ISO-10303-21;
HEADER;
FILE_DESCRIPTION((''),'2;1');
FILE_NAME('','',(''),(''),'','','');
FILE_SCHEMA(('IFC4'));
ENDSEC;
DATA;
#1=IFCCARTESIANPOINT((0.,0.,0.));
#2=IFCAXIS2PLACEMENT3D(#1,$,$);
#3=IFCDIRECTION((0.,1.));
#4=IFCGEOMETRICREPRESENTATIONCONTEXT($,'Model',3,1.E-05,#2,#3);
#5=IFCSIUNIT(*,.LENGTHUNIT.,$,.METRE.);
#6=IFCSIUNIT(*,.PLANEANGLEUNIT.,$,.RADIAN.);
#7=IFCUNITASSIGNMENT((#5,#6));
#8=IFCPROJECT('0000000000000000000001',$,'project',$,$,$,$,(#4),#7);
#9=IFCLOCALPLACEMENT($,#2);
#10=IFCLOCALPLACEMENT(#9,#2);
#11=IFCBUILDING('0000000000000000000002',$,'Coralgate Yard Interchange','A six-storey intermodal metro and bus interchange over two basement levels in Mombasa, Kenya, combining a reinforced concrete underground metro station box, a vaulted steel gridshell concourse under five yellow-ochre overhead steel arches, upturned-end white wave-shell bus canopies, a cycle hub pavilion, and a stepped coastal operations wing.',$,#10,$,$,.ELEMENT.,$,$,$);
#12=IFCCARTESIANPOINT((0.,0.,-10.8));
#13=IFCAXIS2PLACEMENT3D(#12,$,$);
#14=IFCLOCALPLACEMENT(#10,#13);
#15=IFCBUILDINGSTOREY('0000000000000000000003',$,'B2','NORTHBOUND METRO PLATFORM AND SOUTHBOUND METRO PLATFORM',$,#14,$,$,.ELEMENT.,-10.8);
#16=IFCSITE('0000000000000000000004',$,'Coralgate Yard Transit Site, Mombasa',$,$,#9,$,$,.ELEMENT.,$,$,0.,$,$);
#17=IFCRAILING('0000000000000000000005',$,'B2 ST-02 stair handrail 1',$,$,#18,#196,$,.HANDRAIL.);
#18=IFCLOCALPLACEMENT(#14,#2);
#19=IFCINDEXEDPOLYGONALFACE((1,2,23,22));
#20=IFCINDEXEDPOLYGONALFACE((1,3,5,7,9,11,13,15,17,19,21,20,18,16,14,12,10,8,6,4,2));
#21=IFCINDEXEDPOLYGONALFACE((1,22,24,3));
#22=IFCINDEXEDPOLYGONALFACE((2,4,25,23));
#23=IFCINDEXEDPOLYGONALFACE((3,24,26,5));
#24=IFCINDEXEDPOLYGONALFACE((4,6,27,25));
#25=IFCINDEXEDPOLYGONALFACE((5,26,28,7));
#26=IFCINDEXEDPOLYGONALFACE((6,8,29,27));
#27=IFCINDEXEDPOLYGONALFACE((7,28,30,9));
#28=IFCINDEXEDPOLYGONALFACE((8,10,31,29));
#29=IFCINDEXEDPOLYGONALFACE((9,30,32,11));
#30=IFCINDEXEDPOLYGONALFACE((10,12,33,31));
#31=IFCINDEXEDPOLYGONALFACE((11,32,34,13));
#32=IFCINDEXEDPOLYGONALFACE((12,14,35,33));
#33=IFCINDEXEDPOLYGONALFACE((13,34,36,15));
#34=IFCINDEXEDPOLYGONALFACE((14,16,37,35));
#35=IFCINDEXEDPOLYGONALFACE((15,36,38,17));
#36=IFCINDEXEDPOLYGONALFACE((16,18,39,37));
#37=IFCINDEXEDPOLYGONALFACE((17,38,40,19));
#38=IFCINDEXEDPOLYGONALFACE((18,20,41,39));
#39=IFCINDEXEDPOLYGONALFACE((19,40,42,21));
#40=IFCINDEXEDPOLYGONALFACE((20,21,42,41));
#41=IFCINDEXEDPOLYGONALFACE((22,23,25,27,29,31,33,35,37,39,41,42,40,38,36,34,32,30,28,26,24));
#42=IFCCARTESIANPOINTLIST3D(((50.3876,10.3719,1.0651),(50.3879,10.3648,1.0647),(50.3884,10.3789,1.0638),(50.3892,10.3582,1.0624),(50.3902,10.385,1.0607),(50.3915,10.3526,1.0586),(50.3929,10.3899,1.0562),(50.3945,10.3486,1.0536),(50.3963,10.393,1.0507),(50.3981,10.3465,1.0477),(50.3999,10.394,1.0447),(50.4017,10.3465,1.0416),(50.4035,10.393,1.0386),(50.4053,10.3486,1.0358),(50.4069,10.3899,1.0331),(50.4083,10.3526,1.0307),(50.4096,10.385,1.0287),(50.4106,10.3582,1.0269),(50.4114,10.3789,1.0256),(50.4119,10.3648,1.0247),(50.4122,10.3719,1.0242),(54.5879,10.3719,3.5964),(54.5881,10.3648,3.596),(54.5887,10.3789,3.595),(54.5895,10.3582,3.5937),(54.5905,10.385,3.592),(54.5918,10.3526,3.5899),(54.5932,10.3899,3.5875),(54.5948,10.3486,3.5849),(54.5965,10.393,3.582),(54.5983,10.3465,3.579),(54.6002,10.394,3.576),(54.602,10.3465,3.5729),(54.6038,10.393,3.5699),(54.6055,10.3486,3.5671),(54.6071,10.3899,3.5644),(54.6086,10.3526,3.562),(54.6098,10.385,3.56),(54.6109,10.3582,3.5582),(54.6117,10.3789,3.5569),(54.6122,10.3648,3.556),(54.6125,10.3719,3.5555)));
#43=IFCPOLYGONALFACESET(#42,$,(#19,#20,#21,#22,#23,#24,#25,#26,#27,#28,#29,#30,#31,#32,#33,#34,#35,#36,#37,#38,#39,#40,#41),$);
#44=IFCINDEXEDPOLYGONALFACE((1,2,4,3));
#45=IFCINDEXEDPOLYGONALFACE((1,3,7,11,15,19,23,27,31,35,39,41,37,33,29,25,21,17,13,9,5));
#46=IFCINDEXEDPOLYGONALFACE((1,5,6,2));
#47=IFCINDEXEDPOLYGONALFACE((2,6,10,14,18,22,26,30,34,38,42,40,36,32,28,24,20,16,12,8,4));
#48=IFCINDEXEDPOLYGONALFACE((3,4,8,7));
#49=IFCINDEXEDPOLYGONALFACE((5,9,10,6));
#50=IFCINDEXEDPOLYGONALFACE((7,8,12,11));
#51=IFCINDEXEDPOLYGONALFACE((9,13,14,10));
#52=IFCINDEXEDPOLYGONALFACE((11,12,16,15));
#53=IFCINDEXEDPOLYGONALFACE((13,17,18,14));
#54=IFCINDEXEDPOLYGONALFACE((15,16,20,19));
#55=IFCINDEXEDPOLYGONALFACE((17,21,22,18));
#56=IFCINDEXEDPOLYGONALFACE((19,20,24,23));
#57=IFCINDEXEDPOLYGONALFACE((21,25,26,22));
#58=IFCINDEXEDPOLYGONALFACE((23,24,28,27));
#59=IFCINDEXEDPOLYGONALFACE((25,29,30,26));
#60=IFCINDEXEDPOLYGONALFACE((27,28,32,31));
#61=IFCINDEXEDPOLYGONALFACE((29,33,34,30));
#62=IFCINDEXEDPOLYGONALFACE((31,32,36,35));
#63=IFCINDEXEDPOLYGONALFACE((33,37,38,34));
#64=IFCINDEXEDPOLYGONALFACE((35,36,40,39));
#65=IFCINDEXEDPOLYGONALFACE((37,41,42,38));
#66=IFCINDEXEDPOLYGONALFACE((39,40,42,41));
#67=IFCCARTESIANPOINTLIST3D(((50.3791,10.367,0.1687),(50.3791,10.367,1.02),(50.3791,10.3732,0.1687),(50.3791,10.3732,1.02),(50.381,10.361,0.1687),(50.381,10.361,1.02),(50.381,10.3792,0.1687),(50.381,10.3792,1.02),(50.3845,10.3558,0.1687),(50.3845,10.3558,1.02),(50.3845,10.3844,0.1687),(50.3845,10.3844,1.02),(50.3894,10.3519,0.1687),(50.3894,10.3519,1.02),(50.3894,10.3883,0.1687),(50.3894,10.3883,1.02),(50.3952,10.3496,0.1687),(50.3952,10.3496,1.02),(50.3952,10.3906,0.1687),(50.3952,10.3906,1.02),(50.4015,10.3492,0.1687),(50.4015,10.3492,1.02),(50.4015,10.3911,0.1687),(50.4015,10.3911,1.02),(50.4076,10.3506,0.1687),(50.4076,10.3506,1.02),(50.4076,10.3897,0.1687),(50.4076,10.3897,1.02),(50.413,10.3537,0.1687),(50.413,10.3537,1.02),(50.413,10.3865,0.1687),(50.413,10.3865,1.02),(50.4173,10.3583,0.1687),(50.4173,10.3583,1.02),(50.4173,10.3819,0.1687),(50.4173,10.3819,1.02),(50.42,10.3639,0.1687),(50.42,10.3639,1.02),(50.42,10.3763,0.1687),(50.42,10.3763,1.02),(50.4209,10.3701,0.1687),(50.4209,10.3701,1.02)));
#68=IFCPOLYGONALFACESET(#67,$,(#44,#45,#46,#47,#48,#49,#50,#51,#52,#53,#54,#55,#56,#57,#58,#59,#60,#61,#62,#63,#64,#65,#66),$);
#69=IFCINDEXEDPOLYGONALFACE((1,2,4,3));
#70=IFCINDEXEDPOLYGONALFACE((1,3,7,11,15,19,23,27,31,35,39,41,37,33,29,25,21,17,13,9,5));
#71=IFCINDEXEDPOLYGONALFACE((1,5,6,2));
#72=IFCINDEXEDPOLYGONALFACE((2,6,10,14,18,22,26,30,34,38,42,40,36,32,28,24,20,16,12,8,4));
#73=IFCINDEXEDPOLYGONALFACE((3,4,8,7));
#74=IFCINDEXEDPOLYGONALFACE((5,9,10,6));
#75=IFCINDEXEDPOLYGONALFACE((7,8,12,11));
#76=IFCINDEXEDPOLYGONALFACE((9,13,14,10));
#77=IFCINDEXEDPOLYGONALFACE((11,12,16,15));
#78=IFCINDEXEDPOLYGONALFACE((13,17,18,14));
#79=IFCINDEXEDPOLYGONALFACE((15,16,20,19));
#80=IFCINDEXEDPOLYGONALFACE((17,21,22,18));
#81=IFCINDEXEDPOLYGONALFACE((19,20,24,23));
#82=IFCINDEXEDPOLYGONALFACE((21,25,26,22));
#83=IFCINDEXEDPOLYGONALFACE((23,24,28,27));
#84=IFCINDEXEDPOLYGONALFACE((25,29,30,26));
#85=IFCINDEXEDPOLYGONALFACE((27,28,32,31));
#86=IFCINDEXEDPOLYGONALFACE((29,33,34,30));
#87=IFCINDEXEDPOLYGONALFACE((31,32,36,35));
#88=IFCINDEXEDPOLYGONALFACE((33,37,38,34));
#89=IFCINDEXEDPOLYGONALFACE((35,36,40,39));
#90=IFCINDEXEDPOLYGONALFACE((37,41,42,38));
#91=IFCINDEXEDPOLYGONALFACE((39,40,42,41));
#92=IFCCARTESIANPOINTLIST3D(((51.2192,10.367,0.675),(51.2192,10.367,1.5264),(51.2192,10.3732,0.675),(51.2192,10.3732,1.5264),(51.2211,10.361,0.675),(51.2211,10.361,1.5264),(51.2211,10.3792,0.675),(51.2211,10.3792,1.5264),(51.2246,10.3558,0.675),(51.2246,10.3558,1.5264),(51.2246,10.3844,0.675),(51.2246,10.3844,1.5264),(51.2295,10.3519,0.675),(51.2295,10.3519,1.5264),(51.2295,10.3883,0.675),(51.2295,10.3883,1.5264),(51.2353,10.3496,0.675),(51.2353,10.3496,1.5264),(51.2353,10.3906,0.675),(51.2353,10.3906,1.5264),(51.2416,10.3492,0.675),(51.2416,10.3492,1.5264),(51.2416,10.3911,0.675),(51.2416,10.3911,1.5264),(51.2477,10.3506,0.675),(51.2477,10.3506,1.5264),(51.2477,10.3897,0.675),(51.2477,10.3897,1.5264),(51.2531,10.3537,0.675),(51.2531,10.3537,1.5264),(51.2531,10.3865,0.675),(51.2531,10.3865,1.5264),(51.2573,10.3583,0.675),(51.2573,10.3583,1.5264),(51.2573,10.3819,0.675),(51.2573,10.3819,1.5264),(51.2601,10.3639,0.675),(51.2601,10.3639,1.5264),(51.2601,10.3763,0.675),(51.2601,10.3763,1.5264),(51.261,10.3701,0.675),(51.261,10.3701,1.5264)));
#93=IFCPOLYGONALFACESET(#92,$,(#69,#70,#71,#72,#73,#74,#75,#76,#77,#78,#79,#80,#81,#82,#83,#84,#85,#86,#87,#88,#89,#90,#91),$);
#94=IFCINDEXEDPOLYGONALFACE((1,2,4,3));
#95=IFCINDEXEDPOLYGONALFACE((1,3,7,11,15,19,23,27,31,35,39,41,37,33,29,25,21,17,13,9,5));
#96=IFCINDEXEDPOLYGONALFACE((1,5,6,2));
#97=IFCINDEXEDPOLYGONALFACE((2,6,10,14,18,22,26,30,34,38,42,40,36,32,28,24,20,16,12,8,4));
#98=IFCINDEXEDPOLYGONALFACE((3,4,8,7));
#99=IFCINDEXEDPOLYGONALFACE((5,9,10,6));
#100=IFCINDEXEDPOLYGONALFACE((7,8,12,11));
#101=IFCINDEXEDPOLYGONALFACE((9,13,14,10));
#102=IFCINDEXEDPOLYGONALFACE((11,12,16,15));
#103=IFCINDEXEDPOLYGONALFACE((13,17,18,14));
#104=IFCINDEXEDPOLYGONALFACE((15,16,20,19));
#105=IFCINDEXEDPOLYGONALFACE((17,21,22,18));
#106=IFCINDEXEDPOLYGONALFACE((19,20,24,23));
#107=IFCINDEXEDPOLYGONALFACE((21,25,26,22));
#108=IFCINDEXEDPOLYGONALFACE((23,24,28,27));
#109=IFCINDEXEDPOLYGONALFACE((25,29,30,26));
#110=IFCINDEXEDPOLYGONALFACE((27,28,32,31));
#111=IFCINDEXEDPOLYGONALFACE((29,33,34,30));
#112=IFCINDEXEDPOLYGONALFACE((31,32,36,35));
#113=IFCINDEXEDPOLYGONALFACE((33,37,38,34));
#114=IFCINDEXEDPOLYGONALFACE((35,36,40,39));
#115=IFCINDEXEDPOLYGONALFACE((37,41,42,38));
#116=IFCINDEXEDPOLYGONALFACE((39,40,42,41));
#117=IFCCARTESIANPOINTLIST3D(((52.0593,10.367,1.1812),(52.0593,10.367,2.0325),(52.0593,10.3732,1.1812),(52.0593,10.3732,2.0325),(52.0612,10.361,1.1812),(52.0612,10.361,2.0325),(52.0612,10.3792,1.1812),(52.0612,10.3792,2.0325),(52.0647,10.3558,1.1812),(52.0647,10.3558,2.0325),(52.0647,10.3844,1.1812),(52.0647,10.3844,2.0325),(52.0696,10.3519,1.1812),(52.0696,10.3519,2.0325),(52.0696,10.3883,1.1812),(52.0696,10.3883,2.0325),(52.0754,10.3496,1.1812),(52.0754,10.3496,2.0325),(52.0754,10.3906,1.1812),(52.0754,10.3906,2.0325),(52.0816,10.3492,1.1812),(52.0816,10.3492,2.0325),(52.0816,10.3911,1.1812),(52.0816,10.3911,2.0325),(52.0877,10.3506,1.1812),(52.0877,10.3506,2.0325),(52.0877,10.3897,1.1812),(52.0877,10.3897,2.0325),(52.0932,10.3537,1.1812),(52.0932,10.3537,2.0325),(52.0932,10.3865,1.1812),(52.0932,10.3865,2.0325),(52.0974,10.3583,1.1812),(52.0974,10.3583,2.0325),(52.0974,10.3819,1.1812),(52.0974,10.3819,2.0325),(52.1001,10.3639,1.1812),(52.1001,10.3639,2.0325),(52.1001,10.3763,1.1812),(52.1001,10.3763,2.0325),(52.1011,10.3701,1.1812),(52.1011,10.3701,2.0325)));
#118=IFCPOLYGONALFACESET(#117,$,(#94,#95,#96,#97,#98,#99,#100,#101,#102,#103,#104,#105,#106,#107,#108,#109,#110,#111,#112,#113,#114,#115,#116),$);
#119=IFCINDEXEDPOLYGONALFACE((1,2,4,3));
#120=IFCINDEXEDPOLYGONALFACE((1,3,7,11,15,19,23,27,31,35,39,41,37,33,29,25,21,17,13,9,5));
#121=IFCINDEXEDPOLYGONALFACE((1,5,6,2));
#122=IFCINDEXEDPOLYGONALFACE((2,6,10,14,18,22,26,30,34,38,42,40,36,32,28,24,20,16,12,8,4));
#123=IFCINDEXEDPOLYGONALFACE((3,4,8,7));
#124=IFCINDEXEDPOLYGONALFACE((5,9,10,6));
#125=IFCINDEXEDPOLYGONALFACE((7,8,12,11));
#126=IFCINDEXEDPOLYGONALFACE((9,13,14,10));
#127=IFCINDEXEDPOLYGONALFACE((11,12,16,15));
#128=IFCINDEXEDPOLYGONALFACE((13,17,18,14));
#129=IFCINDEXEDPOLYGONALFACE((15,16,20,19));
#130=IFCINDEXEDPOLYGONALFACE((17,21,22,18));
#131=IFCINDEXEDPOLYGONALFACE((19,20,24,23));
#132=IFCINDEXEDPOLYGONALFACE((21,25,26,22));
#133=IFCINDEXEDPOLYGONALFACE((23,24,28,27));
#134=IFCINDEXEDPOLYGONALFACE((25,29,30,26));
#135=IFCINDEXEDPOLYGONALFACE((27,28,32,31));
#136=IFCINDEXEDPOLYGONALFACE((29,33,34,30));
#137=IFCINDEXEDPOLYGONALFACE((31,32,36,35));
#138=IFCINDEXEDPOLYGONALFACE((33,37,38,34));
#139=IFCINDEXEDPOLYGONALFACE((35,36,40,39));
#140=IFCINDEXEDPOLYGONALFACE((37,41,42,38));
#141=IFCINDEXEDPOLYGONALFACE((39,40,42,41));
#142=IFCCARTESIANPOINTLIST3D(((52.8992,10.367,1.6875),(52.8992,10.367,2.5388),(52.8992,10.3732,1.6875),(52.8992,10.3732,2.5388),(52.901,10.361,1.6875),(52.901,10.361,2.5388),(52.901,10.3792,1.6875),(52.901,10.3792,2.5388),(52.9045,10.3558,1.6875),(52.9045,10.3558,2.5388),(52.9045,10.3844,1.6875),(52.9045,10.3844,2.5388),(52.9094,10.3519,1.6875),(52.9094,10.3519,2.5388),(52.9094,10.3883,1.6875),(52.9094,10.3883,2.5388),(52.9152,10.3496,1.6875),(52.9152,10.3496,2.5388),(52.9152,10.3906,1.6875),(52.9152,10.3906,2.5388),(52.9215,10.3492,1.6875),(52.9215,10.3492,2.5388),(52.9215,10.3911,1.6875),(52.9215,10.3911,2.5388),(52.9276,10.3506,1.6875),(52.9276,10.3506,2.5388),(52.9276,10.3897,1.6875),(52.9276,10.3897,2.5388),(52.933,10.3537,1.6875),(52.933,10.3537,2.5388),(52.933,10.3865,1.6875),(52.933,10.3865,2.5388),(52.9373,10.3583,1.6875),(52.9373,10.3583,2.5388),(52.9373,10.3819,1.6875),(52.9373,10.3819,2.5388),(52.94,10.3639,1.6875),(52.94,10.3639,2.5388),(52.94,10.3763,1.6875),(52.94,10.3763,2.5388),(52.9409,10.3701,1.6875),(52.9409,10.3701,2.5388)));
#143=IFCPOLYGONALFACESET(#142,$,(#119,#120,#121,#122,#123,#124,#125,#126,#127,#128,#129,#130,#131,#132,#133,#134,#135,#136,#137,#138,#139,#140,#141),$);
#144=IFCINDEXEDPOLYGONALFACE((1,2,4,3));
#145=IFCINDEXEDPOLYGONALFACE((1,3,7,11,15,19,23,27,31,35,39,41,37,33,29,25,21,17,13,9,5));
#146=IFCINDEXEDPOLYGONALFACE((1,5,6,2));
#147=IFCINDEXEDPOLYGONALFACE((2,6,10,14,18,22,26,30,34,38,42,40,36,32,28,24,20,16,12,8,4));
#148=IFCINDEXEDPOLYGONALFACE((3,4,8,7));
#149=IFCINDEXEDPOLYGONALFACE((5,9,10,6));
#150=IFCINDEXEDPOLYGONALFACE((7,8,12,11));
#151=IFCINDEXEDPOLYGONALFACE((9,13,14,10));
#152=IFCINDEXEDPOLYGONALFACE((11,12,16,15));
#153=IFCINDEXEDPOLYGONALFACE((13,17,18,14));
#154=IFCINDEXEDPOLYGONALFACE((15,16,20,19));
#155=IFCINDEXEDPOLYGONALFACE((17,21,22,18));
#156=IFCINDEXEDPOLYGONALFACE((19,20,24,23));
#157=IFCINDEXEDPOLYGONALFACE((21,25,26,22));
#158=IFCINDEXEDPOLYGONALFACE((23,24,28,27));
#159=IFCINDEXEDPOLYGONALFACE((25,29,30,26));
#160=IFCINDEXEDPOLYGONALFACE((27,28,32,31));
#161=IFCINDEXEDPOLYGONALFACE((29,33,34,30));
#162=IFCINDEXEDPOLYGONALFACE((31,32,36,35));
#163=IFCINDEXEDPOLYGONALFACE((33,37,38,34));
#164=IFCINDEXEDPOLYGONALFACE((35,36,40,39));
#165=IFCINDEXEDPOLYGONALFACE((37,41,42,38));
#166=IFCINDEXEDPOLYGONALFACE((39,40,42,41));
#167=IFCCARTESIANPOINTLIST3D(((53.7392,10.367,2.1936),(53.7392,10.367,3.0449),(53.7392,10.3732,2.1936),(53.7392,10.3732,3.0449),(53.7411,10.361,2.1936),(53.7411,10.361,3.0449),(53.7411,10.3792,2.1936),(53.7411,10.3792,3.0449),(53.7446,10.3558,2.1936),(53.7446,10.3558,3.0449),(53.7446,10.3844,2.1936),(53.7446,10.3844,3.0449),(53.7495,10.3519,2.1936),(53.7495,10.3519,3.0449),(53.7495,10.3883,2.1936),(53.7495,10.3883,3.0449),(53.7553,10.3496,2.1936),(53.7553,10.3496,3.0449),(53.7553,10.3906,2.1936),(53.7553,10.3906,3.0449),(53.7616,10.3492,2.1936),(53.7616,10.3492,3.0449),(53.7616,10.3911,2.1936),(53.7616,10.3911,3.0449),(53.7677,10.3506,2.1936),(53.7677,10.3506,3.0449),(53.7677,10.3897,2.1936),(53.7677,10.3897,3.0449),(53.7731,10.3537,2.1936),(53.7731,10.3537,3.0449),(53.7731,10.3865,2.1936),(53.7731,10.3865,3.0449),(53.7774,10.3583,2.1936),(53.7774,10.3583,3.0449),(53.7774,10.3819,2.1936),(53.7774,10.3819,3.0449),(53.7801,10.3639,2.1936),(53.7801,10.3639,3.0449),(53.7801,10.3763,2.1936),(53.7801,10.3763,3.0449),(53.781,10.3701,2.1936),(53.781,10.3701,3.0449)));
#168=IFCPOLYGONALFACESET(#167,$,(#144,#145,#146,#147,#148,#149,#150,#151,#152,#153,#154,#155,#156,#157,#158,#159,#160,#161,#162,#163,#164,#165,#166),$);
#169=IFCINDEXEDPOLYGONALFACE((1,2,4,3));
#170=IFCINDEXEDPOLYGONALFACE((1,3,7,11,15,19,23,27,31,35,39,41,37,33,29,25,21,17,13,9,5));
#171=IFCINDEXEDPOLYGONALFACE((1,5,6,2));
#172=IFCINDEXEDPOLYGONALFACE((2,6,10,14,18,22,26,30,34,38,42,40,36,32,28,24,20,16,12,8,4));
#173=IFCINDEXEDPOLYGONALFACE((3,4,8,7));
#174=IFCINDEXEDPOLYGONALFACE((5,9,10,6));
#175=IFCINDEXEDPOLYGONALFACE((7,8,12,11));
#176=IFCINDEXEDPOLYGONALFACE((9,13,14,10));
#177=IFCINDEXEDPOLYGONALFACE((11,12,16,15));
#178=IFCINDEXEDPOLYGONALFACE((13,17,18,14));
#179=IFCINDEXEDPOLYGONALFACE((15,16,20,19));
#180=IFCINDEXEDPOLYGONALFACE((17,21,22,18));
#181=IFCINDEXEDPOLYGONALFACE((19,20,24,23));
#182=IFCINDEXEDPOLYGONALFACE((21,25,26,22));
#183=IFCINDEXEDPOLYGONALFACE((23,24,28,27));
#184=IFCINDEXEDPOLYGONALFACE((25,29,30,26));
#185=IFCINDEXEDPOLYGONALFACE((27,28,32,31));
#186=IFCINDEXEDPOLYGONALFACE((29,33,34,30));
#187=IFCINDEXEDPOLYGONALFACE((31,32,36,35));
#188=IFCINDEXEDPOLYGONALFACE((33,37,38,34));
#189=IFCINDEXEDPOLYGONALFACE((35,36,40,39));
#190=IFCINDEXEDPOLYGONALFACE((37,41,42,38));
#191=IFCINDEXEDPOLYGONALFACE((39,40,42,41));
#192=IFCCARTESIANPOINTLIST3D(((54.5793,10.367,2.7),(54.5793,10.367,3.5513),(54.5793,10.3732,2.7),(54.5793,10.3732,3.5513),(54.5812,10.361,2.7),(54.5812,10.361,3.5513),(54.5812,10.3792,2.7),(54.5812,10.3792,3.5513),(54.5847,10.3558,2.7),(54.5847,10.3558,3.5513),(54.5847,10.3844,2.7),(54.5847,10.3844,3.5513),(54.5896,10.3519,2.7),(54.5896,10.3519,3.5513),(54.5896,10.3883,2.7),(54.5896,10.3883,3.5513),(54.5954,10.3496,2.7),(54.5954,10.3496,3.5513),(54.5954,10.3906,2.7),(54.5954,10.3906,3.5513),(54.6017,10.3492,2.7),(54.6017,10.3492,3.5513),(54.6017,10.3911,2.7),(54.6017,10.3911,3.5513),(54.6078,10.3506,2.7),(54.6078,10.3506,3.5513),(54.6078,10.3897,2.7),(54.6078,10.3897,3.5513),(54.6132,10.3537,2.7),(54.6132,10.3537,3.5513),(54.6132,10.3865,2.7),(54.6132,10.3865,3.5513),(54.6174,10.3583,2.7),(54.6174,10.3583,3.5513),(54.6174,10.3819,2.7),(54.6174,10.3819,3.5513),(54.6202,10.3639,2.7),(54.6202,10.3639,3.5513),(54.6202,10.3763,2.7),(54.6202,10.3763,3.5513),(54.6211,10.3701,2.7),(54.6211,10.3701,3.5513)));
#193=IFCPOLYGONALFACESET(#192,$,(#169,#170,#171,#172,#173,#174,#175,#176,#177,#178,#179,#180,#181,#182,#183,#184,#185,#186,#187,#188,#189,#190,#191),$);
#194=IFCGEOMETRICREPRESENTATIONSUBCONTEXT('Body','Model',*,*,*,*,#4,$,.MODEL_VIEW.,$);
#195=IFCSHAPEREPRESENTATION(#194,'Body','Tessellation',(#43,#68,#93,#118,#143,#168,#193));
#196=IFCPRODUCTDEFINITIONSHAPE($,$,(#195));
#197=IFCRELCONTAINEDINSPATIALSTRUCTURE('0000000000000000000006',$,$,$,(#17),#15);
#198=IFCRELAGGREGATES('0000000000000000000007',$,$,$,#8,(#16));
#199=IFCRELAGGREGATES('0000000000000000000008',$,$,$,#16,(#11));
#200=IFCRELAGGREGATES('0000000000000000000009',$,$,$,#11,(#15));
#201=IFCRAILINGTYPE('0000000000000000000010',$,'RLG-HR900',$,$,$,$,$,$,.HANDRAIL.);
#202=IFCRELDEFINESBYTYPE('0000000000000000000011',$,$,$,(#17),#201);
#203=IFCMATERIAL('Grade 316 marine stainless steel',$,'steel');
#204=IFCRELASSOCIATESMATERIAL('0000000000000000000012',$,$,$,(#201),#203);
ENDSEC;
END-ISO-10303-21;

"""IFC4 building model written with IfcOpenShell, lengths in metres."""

from ifc_helpers import new_model, si_unit, direction, frame, origin, origin_2d, place, context, subcontext, project, spatial, circle, extrude, material, type_object, element, save


model = new_model("IFC4")

# Units and contexts
model_context = context("Model", 3, precision=1e-05, world=origin(), true_north=direction((0.0, 1.0)))
body_context = subcontext(model_context, "Body", "Model", "MODEL_VIEW")
ifc_project = project(units=[si_unit("LENGTHUNIT", "METRE"), si_unit("PLANEANGLEUNIT", "RADIAN")], contexts=[model_context])

# Site, building, storey
site_placement = place(None, origin())
site = spatial("IfcSite", under=ifc_project, at=site_placement, Name="Coralgate Yard Transit Site, Mombasa", CompositionType="ELEMENT", RefElevation=0.0)
building_placement = place(site_placement, origin())
building = spatial("IfcBuilding", under=site, at=building_placement, Name="Coralgate Yard Interchange", Description="A six-storey intermodal metro and bus interchange over two basement levels in Mombasa, Kenya, combining a reinforced concrete underground metro station box, a vaulted steel gridshell concourse under five yellow-ochre overhead steel arches, upturned-end white wave-shell bus canopies, a cycle hub pavilion, and a stepped coastal operations wing.", CompositionType="ELEMENT")
storey_placement = place(building_placement, frame((0.0, 0.0, -10.8)))
storey = spatial("IfcBuildingStorey", under=building, at=storey_placement, Name="B2", Description="NORTHBOUND METRO PLATFORM AND SOUTHBOUND METRO PLATFORM", CompositionType="ELEMENT", Elevation=-10.8)

# Railing
ifc_material_1 = material(Name="Grade 316 marine stainless steel", Category="steel")
railing_type_1 = type_object("IfcRailingType", Name="RLG-HR900", PredefinedType="HANDRAIL", material=ifc_material_1)
railing_1_placement = place(storey_placement, frame((50.3999, 10.3701, 0.1687)))
element("IfcRailing", 1, at=railing_1_placement, inside=storey, type_object=railing_type_1, Name="B2 ST-02 stair handrail 1", PredefinedType="HANDRAIL", context=body_context, shape_type="SweptSolid", body=[
    extrude(circle(Radius=0.0239, at=origin_2d()), frame((0.0, 0.0, 0.876), z_axis=(0.85649, 0.0, 0.516164), x_axis=(0.0, 1.0, 0.0)), (0.0, 0.0, 1.0), 4.9041),
    extrude(circle(Radius=0.021, at=origin_2d()), origin(), (0.0, 0.0, 1.0), 0.8513),
    extrude(circle(Radius=0.021, at=origin_2d()), frame((0.8401, 0.0, 0.5063)), (0.0, 0.0, 1.0), 0.8513),
    extrude(circle(Radius=0.021, at=origin_2d()), frame((1.6802, 0.0, 1.0125)), (0.0, 0.0, 1.0), 0.8513),
    extrude(circle(Radius=0.021, at=origin_2d()), frame((2.52, 0.0, 1.5188)), (0.0, 0.0, 1.0), 0.8513),
    extrude(circle(Radius=0.021, at=origin_2d()), frame((3.3601, 0.0, 2.0249)), (0.0, 0.0, 1.0), 0.8513),
    extrude(circle(Radius=0.021, at=origin_2d()), frame((4.2002, 0.0, 2.5312)), (0.0, 0.0, 1.0), 0.8513),
])

save(model, "model.ifc")
